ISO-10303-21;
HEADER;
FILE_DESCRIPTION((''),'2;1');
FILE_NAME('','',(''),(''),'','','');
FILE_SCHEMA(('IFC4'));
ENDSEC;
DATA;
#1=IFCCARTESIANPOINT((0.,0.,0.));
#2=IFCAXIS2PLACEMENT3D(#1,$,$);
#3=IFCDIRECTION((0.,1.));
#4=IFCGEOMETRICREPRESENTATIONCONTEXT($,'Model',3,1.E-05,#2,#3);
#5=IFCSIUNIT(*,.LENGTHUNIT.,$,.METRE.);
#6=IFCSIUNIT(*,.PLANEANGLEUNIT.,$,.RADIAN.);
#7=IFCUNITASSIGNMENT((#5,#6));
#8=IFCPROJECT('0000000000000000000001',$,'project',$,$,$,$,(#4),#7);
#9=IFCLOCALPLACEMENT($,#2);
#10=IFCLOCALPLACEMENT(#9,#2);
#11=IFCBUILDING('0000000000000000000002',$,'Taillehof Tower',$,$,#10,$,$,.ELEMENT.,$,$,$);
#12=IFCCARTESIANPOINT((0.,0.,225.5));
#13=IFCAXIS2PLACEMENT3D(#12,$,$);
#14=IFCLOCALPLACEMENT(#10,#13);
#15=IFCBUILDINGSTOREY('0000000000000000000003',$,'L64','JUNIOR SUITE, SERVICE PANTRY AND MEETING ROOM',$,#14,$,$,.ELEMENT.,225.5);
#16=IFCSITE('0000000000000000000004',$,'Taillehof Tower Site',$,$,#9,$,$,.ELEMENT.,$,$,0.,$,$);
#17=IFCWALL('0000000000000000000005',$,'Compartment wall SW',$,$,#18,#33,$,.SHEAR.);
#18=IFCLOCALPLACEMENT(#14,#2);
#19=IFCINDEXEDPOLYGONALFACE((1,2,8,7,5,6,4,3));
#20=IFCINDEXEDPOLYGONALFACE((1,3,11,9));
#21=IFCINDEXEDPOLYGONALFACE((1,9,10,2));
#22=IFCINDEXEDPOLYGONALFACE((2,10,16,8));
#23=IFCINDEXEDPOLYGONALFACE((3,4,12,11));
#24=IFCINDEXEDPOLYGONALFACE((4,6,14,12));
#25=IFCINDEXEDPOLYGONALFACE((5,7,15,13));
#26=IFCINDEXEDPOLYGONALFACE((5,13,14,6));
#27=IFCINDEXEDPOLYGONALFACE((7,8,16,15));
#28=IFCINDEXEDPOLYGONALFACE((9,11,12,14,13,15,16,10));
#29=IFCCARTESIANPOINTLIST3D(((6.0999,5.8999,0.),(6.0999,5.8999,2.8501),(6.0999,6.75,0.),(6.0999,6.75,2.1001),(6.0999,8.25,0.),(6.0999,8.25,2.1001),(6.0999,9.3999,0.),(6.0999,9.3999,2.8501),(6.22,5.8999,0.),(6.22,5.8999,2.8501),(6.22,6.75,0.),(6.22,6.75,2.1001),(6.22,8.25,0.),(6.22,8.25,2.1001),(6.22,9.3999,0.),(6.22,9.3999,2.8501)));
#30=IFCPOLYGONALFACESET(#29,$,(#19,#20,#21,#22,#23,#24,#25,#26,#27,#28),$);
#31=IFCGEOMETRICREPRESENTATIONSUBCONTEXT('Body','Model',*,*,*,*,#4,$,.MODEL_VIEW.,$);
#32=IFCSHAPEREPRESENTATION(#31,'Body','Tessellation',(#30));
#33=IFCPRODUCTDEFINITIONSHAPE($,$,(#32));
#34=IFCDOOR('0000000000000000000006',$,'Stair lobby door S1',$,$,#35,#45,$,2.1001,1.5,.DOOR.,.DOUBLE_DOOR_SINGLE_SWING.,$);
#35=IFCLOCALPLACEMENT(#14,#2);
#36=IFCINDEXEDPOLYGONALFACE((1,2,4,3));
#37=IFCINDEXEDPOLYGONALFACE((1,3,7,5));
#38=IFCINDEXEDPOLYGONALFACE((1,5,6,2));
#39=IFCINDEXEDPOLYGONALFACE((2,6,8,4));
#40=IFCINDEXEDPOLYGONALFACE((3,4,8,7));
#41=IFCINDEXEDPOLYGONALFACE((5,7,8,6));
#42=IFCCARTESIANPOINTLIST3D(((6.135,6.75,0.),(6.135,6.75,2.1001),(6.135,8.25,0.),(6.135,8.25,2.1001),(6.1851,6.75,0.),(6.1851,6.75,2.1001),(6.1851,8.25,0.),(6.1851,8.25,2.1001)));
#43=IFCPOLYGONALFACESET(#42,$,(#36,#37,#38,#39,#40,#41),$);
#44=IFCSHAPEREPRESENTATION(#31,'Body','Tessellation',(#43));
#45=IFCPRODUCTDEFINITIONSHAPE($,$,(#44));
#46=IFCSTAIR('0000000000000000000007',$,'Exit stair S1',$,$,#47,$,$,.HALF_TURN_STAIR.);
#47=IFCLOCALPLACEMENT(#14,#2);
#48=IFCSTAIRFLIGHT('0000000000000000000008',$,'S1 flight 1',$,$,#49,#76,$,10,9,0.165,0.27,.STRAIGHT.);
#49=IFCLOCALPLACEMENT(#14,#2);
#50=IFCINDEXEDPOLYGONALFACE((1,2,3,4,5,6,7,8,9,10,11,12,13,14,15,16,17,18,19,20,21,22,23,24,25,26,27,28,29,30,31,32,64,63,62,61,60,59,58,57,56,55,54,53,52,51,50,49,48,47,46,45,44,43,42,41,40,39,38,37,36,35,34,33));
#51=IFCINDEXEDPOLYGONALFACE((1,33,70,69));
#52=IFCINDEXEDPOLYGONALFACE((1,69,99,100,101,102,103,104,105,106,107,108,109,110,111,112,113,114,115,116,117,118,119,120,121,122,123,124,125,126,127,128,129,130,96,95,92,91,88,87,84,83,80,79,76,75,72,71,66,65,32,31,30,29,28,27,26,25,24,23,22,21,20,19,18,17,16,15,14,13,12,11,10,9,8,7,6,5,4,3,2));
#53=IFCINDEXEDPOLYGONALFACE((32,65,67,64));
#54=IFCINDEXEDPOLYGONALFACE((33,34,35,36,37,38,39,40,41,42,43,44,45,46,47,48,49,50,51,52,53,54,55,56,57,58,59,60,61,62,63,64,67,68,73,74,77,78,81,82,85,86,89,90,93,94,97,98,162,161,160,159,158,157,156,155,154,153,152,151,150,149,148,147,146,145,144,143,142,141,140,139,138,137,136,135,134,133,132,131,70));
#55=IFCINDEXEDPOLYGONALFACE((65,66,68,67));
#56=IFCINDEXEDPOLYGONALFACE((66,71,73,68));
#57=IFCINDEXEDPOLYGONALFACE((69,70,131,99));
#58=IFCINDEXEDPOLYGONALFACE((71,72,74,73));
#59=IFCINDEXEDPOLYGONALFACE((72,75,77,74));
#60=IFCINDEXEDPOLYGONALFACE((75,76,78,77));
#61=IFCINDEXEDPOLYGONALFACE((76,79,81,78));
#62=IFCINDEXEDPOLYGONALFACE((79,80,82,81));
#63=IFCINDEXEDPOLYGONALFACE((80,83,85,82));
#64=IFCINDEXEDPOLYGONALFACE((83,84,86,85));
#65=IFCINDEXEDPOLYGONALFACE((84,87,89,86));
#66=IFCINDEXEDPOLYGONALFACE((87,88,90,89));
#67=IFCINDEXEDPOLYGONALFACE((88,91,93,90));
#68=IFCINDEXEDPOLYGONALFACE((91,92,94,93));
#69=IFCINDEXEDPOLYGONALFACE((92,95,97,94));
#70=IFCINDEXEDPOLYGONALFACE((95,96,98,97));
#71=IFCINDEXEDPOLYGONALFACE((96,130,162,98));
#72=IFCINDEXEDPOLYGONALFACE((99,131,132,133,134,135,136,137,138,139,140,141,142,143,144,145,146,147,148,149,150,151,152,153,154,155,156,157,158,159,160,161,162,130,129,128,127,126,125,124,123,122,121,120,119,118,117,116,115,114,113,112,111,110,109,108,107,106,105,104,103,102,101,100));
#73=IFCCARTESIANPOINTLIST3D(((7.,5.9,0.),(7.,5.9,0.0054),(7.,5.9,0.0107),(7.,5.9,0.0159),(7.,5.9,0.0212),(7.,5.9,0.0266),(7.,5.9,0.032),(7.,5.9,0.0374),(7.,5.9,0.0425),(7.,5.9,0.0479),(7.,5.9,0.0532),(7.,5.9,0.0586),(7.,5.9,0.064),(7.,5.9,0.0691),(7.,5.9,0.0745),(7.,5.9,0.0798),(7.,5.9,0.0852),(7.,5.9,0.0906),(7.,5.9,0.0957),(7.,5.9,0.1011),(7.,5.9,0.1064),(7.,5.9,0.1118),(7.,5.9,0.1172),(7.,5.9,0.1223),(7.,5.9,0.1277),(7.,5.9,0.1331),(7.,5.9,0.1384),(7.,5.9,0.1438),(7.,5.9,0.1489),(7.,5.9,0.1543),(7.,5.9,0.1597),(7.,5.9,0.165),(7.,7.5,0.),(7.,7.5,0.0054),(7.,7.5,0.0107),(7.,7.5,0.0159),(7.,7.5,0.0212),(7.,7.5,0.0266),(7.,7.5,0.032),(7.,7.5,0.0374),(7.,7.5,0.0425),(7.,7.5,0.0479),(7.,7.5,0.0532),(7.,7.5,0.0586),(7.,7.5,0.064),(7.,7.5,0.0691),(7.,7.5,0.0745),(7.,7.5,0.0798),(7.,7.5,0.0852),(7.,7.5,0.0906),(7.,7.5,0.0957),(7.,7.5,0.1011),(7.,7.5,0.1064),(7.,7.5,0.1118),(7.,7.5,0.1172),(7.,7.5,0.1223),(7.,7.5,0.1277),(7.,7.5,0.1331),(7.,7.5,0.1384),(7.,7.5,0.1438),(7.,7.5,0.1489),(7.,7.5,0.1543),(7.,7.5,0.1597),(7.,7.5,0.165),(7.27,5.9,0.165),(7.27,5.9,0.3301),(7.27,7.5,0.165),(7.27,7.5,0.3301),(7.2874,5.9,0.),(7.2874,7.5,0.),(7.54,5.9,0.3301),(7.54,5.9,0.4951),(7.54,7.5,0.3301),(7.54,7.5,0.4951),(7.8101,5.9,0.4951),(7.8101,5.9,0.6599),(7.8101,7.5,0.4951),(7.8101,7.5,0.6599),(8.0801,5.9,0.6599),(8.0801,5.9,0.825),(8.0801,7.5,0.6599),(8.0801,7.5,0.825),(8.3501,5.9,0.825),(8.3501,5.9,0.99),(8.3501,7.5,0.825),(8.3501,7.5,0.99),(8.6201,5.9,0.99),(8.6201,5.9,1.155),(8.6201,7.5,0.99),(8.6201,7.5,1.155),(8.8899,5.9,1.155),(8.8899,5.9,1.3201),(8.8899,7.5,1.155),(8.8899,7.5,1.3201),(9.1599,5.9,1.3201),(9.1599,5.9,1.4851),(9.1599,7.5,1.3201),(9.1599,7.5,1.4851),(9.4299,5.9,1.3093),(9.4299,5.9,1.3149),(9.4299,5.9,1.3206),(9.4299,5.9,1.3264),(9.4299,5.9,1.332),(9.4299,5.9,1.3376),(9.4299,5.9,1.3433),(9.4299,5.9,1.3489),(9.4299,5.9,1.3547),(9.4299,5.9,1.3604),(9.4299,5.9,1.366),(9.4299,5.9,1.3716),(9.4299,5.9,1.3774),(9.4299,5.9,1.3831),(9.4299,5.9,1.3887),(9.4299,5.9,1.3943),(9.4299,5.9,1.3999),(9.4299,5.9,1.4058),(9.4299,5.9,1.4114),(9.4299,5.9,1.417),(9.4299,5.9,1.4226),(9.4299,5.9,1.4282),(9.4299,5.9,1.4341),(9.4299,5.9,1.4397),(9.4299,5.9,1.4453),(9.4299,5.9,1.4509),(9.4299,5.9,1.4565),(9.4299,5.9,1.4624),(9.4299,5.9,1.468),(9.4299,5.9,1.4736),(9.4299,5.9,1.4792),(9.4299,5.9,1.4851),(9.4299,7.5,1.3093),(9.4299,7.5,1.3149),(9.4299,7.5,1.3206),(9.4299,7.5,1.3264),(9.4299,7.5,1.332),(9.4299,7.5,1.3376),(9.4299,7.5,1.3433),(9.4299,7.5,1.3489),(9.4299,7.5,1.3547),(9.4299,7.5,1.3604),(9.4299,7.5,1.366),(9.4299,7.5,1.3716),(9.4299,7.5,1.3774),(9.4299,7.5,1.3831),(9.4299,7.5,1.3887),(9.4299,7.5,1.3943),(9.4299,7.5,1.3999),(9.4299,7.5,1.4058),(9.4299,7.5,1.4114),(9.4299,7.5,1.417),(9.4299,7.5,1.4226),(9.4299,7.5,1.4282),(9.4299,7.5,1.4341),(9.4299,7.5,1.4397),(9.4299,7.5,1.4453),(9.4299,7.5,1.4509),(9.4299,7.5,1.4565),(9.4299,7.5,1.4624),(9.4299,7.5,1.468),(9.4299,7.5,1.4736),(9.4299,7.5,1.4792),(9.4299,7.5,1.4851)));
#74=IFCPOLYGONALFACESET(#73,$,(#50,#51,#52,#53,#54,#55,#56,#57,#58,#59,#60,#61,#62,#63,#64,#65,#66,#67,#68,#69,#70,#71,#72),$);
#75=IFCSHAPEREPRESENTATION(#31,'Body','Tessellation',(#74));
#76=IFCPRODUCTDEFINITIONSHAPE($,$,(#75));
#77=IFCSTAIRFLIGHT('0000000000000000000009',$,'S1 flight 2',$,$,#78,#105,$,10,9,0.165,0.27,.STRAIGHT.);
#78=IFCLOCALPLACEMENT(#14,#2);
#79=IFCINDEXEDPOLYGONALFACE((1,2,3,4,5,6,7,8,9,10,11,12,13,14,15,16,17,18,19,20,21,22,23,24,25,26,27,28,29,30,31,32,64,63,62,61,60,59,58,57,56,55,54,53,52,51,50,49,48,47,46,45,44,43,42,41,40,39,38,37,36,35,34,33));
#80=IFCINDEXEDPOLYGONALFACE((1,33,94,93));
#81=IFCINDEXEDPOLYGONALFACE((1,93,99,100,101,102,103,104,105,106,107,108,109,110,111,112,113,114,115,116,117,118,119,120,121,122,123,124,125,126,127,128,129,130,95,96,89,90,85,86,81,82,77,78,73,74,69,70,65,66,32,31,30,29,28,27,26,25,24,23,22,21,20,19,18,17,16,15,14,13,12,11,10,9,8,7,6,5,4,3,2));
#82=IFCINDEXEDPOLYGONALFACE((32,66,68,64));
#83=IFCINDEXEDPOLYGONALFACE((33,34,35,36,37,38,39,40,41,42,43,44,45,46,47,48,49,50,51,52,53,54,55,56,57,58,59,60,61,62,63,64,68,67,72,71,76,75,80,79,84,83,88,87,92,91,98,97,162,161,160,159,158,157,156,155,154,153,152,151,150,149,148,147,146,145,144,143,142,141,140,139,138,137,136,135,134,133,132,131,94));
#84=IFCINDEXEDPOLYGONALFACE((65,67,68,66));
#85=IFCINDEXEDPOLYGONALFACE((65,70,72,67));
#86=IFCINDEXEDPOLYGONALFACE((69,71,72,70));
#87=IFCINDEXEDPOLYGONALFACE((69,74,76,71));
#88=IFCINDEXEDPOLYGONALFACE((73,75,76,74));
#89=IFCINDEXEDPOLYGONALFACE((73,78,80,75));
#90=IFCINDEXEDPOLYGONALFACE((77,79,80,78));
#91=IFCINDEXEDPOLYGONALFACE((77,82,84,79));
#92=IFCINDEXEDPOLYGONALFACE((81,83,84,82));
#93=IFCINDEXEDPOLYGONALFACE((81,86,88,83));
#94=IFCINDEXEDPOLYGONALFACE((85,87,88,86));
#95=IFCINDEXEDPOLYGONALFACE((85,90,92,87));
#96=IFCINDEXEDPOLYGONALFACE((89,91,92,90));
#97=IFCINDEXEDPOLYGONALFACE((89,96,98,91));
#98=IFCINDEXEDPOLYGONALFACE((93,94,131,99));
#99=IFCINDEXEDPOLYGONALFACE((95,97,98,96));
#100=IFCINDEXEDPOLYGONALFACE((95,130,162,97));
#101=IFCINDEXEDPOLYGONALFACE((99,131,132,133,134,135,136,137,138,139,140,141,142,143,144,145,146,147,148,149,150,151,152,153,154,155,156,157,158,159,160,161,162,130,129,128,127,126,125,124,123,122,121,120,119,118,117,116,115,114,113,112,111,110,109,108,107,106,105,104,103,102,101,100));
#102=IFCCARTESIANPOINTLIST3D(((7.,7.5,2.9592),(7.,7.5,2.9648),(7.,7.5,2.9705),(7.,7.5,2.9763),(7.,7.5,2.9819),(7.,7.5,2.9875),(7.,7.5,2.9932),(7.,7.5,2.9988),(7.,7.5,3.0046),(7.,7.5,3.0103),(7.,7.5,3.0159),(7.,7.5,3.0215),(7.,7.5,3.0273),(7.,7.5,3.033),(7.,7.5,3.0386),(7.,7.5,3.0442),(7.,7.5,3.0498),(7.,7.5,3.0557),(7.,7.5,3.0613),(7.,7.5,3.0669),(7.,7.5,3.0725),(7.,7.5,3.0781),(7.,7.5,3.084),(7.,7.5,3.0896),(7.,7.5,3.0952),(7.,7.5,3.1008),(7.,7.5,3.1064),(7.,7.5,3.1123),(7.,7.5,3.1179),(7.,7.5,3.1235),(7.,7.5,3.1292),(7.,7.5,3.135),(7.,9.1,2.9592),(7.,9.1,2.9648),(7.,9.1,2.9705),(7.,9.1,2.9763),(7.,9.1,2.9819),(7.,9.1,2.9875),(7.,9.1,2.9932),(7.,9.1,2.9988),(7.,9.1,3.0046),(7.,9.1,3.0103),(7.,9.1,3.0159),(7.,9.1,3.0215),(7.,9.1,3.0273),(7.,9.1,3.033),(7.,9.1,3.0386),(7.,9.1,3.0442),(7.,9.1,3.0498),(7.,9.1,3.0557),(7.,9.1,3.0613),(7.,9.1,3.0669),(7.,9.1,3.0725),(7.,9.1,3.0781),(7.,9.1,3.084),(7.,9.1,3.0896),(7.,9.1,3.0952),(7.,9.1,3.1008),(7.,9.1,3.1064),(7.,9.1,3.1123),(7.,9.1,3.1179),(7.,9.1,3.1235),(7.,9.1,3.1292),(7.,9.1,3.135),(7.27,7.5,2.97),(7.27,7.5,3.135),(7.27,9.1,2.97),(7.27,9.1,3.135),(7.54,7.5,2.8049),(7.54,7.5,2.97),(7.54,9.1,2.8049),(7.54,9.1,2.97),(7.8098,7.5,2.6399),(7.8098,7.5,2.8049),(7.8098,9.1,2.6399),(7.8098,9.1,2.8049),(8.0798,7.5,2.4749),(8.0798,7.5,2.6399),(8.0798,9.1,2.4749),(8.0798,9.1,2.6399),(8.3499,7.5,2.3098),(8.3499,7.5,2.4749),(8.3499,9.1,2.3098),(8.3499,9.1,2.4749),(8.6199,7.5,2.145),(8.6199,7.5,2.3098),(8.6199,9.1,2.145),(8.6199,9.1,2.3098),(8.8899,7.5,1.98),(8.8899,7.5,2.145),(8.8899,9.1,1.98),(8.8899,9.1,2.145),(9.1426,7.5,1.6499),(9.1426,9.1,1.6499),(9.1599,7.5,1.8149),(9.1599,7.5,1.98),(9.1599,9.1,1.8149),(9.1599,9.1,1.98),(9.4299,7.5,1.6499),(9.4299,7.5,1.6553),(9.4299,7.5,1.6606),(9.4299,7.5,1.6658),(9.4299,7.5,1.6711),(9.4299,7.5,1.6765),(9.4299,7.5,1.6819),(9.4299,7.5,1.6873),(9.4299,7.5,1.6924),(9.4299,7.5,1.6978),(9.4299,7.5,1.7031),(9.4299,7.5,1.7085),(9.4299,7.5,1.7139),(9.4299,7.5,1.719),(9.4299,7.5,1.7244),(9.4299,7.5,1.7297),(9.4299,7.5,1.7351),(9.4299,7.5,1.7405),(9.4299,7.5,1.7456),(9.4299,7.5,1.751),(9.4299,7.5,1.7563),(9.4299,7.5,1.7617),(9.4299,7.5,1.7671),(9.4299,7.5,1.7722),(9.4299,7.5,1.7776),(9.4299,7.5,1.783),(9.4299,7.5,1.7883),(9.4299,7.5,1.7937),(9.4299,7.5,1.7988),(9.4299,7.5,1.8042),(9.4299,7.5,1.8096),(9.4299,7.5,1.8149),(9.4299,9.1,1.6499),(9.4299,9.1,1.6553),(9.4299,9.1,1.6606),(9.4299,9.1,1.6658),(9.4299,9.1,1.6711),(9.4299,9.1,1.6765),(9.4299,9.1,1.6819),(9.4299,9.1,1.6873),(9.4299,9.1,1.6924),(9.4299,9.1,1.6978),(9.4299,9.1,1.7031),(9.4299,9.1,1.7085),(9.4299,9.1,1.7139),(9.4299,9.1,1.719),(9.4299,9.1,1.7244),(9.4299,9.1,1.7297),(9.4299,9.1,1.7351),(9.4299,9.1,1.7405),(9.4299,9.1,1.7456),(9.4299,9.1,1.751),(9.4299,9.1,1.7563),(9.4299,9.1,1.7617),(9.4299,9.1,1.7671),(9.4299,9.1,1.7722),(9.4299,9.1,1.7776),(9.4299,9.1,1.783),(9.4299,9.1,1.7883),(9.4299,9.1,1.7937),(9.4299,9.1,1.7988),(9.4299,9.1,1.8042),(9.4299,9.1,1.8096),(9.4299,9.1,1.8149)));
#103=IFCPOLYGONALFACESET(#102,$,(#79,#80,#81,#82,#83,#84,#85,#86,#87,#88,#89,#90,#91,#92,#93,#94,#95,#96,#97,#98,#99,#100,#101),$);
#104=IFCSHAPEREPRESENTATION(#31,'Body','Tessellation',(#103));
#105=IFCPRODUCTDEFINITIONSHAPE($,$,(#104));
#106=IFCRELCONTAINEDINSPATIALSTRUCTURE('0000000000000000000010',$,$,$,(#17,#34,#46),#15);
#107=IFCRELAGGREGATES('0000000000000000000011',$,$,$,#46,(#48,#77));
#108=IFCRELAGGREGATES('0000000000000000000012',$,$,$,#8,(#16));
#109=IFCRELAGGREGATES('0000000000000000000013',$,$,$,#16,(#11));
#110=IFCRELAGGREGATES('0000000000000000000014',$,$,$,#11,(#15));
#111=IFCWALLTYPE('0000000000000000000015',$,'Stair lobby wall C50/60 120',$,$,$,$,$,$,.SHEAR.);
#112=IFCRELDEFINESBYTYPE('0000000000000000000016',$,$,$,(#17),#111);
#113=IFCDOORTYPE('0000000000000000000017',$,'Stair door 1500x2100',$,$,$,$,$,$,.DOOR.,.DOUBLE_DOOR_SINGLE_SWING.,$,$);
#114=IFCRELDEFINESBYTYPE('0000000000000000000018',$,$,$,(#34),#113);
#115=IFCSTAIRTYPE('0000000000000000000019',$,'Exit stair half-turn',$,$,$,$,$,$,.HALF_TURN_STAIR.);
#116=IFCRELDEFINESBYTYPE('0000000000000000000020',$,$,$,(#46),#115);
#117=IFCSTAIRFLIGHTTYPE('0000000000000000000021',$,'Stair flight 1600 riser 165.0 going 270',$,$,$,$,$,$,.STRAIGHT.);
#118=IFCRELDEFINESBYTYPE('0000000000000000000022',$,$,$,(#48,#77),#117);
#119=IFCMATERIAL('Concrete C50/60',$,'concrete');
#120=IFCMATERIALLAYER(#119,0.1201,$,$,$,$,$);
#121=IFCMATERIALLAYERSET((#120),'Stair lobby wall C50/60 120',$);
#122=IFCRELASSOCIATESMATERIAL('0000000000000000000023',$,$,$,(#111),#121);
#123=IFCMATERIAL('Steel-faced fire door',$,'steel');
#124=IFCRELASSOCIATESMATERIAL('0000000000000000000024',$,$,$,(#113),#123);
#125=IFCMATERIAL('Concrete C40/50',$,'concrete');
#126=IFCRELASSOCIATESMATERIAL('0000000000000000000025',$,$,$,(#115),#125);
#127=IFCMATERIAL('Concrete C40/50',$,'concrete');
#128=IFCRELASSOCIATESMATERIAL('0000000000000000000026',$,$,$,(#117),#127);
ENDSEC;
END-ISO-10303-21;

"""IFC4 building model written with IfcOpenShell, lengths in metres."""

from ifc_helpers import new_model, si_unit, direction, frame, frame_2d, origin, place, context, subcontext, project, spatial, polyline, rectangle, outline, extrude, material, layer, layer_set, type_object, element, fill, aggregate, save


model = new_model("IFC4")

# Units and contexts
model_context = context("Model", 3, precision=1e-05, world=origin(), true_north=direction((0.0, 1.0)))
body_context = subcontext(model_context, "Body", "Model", "MODEL_VIEW")
ifc_project = project(units=[si_unit("LENGTHUNIT", "METRE"), si_unit("PLANEANGLEUNIT", "RADIAN")], contexts=[model_context])

# Site, building, storey
site_placement = place(None, origin())
site = spatial("IfcSite", under=ifc_project, at=site_placement, Name="Taillehof Tower Site", CompositionType="ELEMENT", RefElevation=0.0)
building_placement = place(site_placement, origin())
building = spatial("IfcBuilding", under=site, at=building_placement, Name="Taillehof Tower", CompositionType="ELEMENT")
storey_placement = place(building_placement, frame((0.0, 0.0, 225.5)))
storey = spatial("IfcBuildingStorey", under=building, at=storey_placement, Name="L64", Description="JUNIOR SUITE, SERVICE PANTRY AND MEETING ROOM", CompositionType="ELEMENT", Elevation=225.5)

# Wall, opening, door
ifc_material_1 = material(Name="Concrete C50/60", Category="concrete")
ifc_layer_1 = layer(ifc_material_1, 0.1201)
ifc_layer_set_1 = layer_set([ifc_layer_1], Name="Stair lobby wall C50/60 120")
wall_type_1 = type_object("IfcWallType", Name="Stair lobby wall C50/60 120", PredefinedType="SHEAR", material=ifc_layer_set_1)
wall_1_placement = place(storey_placement, frame((6.1599, 5.8999, 0.0), z_axis=(0.0, 0.0, 1.0), x_axis=(0.0, 1.0, 0.0)))
wall_1 = element("IfcWall", 1, at=wall_1_placement, inside=storey, type_object=wall_type_1, Name="Compartment wall SW", PredefinedType="SHEAR", context=body_context, shape_type="SweptSolid", body=[
    extrude(rectangle(XDim=3.5, YDim=0.1201, at=frame_2d((1.75, 0.0))), origin(), (0.0, 0.0, 1.0), 2.8501),
])
opening_1_placement = place(wall_1_placement, frame((0.8501, 0.0, 0.0)))
opening_1 = element("IfcOpeningElement", 2, at=opening_1_placement, cuts=wall_1, PredefinedType="OPENING", context=body_context, shape_type="SweptSolid", body=[
    extrude(rectangle(XDim=1.5, YDim=2.1001, at=frame_2d((0.75, 1.05))), frame((0.0, 0.0701, 0.0), z_axis=(0.0, -1.0, 0.0), x_axis=(1.0, 0.0, 0.0)), (0.0, 0.0, 1.0), 0.1401),
])
ifc_material_2 = material(Name="Steel-faced fire door", Category="steel")
door_type_1 = type_object("IfcDoorType", Name="Stair door 1500x2100", OperationType="DOUBLE_DOOR_SINGLE_SWING", PredefinedType="DOOR", material=ifc_material_2)
door_1_placement = place(opening_1_placement, origin())
door_1 = element("IfcDoor", 3, at=door_1_placement, inside=storey, type_object=door_type_1, Name="Stair lobby door S1", OperationType="DOUBLE_DOOR_SINGLE_SWING", OverallHeight=2.1001, OverallWidth=1.5, PredefinedType="DOOR", context=body_context, shape_type="SweptSolid", body=[
    extrude(rectangle(XDim=1.5, YDim=2.1001, at=frame_2d((0.75, 1.05))), frame((0.0, 0.0249, 0.0), z_axis=(0.0, -1.0, 0.0), x_axis=(1.0, 0.0, 0.0)), (0.0, 0.0, 1.0), 0.05),
])
fill(opening_1, door_1)

# Stair, stair flights
ifc_material_3 = material(Name="Concrete C40/50", Category="concrete")
stair_type = type_object("IfcStairType", Name="Exit stair half-turn", PredefinedType="HALF_TURN_STAIR", material=ifc_material_3)
stair_placement = place(storey_placement, origin())
stair = element("IfcStair", 4, at=stair_placement, inside=storey, type_object=stair_type, Name="Exit stair S1", PredefinedType="HALF_TURN_STAIR")
ifc_material_4 = material(Name="Concrete C40/50", Category="concrete")
stair_flight_type = type_object("IfcStairFlightType", Name="Stair flight 1600 riser 165.0 going 270", PredefinedType="STRAIGHT", material=ifc_material_4)
stair_flight_1_placement = place(storey_placement, frame((7.0, 6.7, 0.0), z_axis=(0.0, 0.0, 1.0), x_axis=(1.0, 0.0, 0.0)))
stair_flight_1 = element("IfcStairFlight", 5, at=stair_flight_1_placement, type_object=stair_flight_type, Name="S1 flight 1", NumberOfRisers=10, NumberOfTreads=9, PredefinedType="STRAIGHT", RiserHeight=0.165, TreadLength=0.27, context=body_context, shape_type="SweptSolid", body=[
    extrude(outline(polyline([(0.0, 0.0), (0.0, 0.0054), (0.0, 0.0107), (0.0, 0.0159), (0.0, 0.0212), (0.0, 0.0266), (0.0, 0.032), (0.0, 0.0374), (0.0, 0.0425), (0.0, 0.0479), (0.0, 0.0532), (0.0, 0.0586), (0.0, 0.064), (0.0, 0.0691), (0.0, 0.0745), (0.0, 0.0798), (0.0, 0.0852), (0.0, 0.0906), (0.0, 0.0957), (0.0, 0.1011), (0.0, 0.1064), (0.0, 0.1118), (0.0, 0.1172), (0.0, 0.1223), (0.0, 0.1277), (0.0, 0.1331), (0.0, 0.1384), (0.0, 0.1438), (0.0, 0.1489), (0.0, 0.1543), (0.0, 0.1597), (0.0, 0.165), (0.27, 0.165), (0.27, 0.3301), (0.54, 0.3301), (0.54, 0.4951), (0.8101, 0.4951), (0.8101, 0.6599), (1.0801, 0.6599), (1.0801, 0.825), (1.3501, 0.825), (1.3501, 0.99), (1.6201, 0.99), (1.6201, 1.155), (1.8899, 1.155), (1.8899, 1.3201), (2.1599, 1.3201), (2.1599, 1.4851), (2.4299, 1.4851), (2.4299, 1.4792), (2.4299, 1.4736), (2.4299, 1.468), (2.4299, 1.4624), (2.4299, 1.4565), (2.4299, 1.4509), (2.4299, 1.4453), (2.4299, 1.4397), (2.4299, 1.4341), (2.4299, 1.4282), (2.4299, 1.4226), (2.4299, 1.417), (2.4299, 1.4114), (2.4299, 1.4058), (2.4299, 1.3999), (2.4299, 1.3943), (2.4299, 1.3887), (2.4299, 1.3831), (2.4299, 1.3774), (2.4299, 1.3716), (2.4299, 1.366), (2.4299, 1.3604), (2.4299, 1.3547), (2.4299, 1.3489), (2.4299, 1.3433), (2.4299, 1.3376), (2.4299, 1.332), (2.4299, 1.3264), (2.4299, 1.3206), (2.4299, 1.3149), (2.4299, 1.3093), (0.2874, 0.0), (0.0, 0.0)])), frame((0.0, 0.8, 0.0), z_axis=(0.0, -1.0, 0.0), x_axis=(1.0, 0.0, 0.0)), (0.0, 0.0, 1.0), 1.6),
])
stair_flight_2_placement = place(storey_placement, frame((9.4299, 8.3, 1.6499), z_axis=(0.0, 0.0, 1.0), x_axis=(-1.0, 0.0, 0.0)))
stair_flight_2 = element("IfcStairFlight", 6, at=stair_flight_2_placement, type_object=stair_flight_type, Name="S1 flight 2", NumberOfRisers=10, NumberOfTreads=9, PredefinedType="STRAIGHT", RiserHeight=0.165, TreadLength=0.27, context=body_context, shape_type="SweptSolid", body=[
    extrude(outline(polyline([(0.0, 0.0), (0.0, 0.0054), (0.0, 0.0107), (0.0, 0.0159), (0.0, 0.0212), (0.0, 0.0266), (0.0, 0.032), (0.0, 0.0374), (0.0, 0.0425), (0.0, 0.0479), (0.0, 0.0532), (0.0, 0.0586), (0.0, 0.064), (0.0, 0.0691), (0.0, 0.0745), (0.0, 0.0798), (0.0, 0.0852), (0.0, 0.0906), (0.0, 0.0957), (0.0, 0.1011), (0.0, 0.1064), (0.0, 0.1118), (0.0, 0.1172), (0.0, 0.1223), (0.0, 0.1277), (0.0, 0.1331), (0.0, 0.1384), (0.0, 0.1438), (0.0, 0.1489), (0.0, 0.1543), (0.0, 0.1597), (0.0, 0.165), (0.27, 0.165), (0.27, 0.3301), (0.54, 0.3301), (0.54, 0.4951), (0.8101, 0.4951), (0.8101, 0.6599), (1.0801, 0.6599), (1.0801, 0.825), (1.3501, 0.825), (1.3501, 0.99), (1.6201, 0.99), (1.6201, 1.155), (1.8899, 1.155), (1.8899, 1.3201), (2.1599, 1.3201), (2.1599, 1.4851), (2.4299, 1.4851), (2.4299, 1.4792), (2.4299, 1.4736), (2.4299, 1.468), (2.4299, 1.4624), (2.4299, 1.4565), (2.4299, 1.4509), (2.4299, 1.4453), (2.4299, 1.4397), (2.4299, 1.4341), (2.4299, 1.4282), (2.4299, 1.4226), (2.4299, 1.417), (2.4299, 1.4114), (2.4299, 1.4058), (2.4299, 1.3999), (2.4299, 1.3943), (2.4299, 1.3887), (2.4299, 1.3831), (2.4299, 1.3774), (2.4299, 1.3716), (2.4299, 1.366), (2.4299, 1.3604), (2.4299, 1.3547), (2.4299, 1.3489), (2.4299, 1.3433), (2.4299, 1.3376), (2.4299, 1.332), (2.4299, 1.3264), (2.4299, 1.3206), (2.4299, 1.3149), (2.4299, 1.3093), (0.2874, 0.0), (0.0, 0.0)])), frame((0.0, 0.8, 0.0), z_axis=(0.0, -1.0, 0.0), x_axis=(1.0, 0.0, 0.0)), (0.0, 0.0, 1.0), 1.6),
])
aggregate(stair, [stair_flight_1, stair_flight_2])

save(model, "model.ifc")
